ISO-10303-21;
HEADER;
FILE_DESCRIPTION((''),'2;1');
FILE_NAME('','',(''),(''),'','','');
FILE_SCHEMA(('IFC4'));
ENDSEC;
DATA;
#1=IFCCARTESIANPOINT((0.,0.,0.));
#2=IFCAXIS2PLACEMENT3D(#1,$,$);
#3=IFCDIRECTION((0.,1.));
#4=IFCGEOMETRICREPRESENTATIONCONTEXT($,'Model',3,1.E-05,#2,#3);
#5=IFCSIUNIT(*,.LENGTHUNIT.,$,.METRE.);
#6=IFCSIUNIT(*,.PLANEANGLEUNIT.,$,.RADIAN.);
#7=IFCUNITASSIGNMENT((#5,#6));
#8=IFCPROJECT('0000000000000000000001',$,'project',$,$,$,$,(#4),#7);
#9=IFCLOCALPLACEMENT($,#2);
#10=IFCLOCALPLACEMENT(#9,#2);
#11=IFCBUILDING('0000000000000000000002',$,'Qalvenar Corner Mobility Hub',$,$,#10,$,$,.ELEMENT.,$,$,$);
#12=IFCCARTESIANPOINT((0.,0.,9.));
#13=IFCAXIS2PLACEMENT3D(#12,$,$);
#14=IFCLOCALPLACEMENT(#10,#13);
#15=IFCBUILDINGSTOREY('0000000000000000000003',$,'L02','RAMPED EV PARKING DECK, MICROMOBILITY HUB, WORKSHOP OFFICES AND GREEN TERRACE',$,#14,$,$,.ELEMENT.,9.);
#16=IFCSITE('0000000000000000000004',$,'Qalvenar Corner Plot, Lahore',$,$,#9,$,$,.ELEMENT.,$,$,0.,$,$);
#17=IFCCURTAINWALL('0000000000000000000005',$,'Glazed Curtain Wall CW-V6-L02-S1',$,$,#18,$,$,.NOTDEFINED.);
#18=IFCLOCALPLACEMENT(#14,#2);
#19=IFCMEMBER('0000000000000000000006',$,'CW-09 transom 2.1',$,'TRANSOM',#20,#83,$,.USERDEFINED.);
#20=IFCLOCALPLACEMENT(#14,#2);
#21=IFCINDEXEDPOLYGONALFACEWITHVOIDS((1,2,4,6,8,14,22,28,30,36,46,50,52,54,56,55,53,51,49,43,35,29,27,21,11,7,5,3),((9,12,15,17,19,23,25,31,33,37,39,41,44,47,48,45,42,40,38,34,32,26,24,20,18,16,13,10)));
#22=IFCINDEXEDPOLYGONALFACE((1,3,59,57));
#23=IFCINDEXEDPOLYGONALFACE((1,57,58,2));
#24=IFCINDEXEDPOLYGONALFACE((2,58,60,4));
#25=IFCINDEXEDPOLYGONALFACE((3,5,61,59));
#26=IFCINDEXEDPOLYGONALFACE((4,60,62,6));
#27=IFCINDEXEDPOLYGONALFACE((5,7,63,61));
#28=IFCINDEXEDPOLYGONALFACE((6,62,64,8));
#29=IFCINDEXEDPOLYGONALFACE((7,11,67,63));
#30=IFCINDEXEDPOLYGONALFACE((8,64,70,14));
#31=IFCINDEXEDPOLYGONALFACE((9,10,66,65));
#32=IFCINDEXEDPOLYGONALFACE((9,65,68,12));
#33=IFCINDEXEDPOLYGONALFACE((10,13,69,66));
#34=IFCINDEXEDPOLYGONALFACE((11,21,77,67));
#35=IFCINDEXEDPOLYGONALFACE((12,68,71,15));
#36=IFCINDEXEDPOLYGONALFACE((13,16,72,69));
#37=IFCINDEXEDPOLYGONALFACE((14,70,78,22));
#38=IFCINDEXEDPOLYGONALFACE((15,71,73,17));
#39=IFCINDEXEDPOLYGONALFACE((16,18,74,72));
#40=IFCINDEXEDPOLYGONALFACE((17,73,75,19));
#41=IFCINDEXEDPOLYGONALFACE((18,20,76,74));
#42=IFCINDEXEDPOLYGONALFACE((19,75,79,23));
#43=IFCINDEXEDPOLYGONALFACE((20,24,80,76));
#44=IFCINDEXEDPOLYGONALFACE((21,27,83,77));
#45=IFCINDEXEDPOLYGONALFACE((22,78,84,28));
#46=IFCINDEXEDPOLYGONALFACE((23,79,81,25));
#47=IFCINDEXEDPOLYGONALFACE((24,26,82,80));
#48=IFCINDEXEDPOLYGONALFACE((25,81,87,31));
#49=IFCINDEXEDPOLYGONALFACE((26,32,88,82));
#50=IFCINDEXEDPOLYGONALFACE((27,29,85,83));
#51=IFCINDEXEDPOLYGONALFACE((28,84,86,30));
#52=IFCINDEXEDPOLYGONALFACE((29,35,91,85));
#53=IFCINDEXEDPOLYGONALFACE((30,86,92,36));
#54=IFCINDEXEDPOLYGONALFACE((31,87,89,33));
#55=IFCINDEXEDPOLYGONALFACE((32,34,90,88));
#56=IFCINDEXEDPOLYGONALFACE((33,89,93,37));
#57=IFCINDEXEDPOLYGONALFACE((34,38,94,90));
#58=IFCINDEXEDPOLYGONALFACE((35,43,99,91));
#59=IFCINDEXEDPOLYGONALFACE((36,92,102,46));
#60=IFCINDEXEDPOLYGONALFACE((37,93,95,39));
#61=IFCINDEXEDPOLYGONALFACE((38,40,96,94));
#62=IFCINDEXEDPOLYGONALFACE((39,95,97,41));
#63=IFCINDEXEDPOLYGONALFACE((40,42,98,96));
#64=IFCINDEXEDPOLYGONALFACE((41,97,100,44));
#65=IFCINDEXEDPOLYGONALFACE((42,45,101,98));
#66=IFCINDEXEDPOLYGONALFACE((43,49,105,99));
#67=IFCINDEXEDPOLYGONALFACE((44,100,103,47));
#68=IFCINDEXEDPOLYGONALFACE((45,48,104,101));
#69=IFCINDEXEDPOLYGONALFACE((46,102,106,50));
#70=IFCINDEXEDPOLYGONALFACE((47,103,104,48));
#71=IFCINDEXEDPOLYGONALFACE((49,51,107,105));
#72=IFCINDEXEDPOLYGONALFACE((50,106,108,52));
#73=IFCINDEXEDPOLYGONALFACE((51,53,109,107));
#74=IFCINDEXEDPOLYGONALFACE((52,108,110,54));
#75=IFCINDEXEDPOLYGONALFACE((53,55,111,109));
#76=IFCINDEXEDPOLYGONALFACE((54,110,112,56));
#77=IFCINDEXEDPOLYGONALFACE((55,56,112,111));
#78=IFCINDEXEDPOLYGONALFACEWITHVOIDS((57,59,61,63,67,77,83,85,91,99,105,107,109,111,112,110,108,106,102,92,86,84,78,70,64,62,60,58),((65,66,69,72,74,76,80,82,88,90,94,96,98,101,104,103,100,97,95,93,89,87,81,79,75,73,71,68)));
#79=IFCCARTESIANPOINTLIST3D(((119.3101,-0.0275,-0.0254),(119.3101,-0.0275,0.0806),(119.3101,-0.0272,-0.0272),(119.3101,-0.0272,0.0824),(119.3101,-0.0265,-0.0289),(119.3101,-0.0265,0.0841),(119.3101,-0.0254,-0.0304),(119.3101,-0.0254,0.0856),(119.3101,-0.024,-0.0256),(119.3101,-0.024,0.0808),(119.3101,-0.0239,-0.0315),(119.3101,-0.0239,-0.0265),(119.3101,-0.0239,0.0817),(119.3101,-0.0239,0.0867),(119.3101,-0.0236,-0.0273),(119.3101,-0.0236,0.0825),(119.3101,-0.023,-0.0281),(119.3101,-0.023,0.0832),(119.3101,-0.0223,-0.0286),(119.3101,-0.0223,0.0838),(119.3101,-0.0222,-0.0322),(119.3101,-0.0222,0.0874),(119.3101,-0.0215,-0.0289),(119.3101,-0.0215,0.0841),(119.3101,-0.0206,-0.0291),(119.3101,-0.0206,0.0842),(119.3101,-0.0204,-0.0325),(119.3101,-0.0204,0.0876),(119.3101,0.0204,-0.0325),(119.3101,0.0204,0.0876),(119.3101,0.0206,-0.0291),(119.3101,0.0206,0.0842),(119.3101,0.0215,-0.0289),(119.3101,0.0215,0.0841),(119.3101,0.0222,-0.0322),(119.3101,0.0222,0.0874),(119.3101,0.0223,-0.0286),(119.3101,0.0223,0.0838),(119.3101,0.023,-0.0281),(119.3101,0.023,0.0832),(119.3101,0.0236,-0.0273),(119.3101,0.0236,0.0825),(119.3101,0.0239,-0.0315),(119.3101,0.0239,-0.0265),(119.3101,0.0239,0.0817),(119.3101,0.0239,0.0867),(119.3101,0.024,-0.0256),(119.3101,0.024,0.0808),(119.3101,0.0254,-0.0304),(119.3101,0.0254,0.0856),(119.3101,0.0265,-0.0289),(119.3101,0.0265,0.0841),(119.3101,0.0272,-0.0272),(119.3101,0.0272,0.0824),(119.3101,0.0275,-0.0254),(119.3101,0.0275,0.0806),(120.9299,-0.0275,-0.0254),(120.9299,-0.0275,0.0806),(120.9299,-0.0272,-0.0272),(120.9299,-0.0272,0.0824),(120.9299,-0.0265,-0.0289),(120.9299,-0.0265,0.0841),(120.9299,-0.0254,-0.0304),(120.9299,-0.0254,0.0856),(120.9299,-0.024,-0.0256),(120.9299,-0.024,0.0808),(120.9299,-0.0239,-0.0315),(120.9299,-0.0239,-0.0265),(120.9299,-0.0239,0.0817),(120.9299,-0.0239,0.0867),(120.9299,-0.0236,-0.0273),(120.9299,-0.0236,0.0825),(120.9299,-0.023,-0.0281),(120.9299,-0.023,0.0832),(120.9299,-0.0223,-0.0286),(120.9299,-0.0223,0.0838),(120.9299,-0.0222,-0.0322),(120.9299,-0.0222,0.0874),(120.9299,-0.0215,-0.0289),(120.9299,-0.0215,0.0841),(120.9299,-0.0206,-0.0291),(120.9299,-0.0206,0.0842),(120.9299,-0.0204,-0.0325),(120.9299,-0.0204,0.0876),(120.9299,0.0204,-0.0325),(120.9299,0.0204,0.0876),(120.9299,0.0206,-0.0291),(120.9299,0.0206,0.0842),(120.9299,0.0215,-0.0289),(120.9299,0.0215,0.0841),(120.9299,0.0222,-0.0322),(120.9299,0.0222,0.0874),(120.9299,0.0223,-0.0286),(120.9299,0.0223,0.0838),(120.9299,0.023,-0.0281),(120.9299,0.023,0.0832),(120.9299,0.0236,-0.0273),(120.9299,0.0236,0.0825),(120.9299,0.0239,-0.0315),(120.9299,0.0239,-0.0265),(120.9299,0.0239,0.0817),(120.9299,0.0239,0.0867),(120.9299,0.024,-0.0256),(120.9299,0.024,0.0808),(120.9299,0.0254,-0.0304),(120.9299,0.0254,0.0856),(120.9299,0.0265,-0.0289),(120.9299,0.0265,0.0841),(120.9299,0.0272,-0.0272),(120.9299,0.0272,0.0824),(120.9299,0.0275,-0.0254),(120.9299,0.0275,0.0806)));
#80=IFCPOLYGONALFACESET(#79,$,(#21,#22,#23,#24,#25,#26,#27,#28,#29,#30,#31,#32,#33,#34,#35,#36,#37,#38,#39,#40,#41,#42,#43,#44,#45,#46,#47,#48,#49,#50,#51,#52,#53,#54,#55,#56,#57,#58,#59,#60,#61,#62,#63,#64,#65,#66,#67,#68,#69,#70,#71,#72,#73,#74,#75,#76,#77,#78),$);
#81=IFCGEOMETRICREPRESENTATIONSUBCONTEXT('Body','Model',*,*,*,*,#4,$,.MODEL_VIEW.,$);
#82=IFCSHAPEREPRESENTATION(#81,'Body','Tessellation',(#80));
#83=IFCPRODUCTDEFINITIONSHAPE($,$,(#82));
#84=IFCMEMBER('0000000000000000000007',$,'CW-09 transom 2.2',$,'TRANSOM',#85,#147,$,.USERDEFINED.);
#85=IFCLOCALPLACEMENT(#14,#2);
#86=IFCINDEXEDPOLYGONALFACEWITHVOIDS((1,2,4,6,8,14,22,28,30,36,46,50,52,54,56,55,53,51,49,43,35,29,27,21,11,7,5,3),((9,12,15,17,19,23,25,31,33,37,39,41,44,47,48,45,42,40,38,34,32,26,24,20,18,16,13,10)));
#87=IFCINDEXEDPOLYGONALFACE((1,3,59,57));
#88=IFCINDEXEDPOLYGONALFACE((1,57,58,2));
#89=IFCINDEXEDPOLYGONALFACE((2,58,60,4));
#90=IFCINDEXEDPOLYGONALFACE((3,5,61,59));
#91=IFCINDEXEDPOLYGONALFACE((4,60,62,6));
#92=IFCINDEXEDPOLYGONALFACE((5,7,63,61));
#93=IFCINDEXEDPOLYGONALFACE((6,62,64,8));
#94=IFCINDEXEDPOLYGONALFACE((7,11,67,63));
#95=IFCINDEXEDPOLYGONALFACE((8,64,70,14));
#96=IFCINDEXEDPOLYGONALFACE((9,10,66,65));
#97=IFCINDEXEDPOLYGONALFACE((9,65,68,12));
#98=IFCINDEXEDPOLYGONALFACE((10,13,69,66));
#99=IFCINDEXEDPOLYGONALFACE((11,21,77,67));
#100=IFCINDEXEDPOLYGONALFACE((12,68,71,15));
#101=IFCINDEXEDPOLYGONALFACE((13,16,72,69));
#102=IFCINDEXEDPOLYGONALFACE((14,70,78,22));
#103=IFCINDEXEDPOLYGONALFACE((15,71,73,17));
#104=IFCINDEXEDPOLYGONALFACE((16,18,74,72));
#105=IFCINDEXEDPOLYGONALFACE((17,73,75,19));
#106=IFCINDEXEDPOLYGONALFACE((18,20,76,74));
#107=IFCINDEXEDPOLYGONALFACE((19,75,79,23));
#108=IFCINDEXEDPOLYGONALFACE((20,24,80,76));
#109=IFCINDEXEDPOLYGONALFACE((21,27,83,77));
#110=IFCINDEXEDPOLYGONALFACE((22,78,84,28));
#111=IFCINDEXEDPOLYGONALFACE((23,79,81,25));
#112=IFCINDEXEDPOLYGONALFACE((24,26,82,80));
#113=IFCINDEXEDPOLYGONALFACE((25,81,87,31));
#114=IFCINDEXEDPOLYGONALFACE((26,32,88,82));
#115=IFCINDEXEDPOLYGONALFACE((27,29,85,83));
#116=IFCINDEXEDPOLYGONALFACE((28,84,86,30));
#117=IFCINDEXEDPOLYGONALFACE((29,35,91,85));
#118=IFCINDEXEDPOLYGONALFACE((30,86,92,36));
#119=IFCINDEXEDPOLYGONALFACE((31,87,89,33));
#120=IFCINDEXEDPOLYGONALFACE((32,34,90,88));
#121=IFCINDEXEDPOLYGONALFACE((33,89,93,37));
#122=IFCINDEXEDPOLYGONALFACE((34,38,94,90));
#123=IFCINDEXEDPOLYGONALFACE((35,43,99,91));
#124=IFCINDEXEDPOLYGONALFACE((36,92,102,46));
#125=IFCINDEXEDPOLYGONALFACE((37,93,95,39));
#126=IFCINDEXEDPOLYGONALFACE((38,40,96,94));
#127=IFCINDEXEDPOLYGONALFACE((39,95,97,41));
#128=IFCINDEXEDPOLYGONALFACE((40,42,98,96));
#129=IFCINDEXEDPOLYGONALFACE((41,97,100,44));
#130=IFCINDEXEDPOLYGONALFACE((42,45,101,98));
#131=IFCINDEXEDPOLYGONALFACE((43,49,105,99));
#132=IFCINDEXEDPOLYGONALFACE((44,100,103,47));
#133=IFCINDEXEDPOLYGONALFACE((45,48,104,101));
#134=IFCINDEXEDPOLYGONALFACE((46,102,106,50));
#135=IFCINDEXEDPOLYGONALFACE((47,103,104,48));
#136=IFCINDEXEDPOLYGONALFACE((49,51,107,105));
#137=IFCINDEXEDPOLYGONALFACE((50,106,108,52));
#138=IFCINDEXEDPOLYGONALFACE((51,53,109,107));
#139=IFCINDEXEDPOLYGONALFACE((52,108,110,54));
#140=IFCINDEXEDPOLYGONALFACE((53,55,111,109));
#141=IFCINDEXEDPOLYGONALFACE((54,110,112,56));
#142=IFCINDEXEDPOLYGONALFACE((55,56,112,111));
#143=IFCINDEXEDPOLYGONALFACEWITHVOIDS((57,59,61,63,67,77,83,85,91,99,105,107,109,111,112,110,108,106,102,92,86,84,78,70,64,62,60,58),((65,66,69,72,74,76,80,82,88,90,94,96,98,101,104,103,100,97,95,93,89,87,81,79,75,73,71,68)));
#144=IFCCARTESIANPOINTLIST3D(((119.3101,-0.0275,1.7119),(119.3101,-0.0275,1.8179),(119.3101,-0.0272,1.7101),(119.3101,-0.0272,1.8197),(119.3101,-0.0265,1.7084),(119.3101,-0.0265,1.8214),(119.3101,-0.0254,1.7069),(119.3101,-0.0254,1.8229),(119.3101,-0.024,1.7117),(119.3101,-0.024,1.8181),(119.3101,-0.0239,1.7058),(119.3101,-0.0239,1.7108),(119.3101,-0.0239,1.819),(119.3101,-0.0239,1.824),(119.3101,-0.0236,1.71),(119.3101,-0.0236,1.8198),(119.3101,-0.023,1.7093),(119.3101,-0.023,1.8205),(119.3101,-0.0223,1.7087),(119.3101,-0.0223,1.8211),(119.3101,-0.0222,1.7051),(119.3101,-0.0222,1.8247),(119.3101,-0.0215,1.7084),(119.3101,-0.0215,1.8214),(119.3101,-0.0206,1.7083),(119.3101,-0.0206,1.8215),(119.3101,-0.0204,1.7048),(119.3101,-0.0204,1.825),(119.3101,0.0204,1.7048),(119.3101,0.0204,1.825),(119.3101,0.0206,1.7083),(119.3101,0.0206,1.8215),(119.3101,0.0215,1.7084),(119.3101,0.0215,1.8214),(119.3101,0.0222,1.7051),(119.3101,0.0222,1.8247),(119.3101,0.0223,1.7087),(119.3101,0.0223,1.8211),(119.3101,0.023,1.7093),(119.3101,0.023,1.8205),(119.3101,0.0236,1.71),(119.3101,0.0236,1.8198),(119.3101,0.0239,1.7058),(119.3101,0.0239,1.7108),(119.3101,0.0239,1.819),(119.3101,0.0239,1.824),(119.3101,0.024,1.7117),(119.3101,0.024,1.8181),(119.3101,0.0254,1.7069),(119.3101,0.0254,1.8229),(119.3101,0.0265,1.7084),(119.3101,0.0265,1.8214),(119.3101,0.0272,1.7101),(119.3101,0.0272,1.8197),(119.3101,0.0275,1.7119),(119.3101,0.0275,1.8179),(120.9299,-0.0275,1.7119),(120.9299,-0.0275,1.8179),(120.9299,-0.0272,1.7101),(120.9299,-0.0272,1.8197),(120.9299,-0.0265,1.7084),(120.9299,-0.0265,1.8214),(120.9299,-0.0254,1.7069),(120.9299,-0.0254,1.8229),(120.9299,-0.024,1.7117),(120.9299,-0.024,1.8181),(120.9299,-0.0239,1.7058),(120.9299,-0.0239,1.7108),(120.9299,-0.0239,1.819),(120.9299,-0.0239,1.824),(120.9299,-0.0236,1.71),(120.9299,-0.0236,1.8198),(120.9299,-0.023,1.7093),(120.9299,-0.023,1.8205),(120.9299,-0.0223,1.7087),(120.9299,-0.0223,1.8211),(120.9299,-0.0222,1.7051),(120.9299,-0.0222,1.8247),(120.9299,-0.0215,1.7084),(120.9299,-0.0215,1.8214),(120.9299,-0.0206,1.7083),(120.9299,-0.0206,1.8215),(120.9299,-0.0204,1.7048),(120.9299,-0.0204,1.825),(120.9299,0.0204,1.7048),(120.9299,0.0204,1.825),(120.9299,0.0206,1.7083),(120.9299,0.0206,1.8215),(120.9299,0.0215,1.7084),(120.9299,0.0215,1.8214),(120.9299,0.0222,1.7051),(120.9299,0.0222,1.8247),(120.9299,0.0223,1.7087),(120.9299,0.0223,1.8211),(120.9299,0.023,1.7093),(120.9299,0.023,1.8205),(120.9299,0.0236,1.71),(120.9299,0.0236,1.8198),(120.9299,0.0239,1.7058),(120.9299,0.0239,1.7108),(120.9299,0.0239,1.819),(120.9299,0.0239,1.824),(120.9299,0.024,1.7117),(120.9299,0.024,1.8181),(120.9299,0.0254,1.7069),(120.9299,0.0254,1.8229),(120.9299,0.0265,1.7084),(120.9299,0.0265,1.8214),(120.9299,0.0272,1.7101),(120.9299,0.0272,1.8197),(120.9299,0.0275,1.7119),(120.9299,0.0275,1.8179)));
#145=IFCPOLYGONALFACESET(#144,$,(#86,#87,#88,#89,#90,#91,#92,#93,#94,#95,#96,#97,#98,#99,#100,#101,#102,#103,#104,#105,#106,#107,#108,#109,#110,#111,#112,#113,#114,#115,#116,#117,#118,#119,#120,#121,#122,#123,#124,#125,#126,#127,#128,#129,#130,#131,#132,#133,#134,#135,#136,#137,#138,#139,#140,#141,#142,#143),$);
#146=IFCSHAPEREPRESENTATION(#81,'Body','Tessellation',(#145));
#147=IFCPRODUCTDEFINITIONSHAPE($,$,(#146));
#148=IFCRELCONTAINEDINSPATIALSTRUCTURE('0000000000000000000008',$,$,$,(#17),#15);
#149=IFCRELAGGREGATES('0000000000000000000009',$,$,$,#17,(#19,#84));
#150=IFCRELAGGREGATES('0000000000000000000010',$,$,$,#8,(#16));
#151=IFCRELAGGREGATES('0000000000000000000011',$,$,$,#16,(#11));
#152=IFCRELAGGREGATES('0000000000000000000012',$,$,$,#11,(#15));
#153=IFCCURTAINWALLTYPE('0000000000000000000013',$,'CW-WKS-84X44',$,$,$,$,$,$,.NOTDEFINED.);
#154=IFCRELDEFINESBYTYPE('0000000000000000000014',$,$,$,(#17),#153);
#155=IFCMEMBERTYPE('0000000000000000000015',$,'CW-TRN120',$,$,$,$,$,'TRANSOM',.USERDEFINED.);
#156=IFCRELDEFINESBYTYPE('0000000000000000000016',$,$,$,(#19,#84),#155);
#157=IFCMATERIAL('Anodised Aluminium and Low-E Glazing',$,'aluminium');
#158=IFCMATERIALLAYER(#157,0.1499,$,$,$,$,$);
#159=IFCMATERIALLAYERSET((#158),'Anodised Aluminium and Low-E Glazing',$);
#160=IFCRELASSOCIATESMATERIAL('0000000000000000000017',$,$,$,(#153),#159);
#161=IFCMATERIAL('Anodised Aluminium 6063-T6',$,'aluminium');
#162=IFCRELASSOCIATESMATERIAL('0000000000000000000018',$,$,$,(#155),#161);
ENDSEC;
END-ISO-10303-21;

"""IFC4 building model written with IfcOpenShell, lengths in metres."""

from ifc_helpers import new_model, si_unit, direction, frame, origin, origin_2d, place, context, subcontext, project, spatial, hollow_rectangle, extrude, material, layer, layer_set, material_profile, profile_set, type_object, element, aggregate, save


model = new_model("IFC4")

# Units and contexts
model_context = context("Model", 3, precision=1e-05, world=origin(), true_north=direction((0.0, 1.0)))
body_context = subcontext(model_context, "Body", "Model", "MODEL_VIEW")
ifc_project = project(units=[si_unit("LENGTHUNIT", "METRE"), si_unit("PLANEANGLEUNIT", "RADIAN")], contexts=[model_context])

# Site, building, storey
site_placement = place(None, origin())
site = spatial("IfcSite", under=ifc_project, at=site_placement, Name="Qalvenar Corner Plot, Lahore", CompositionType="ELEMENT", RefElevation=0.0)
building_placement = place(site_placement, origin())
building = spatial("IfcBuilding", under=site, at=building_placement, Name="Qalvenar Corner Mobility Hub", CompositionType="ELEMENT")
storey_placement = place(building_placement, frame((0.0, 0.0, 9.0)))
storey = spatial("IfcBuildingStorey", under=building, at=storey_placement, Name="L02", Description="RAMPED EV PARKING DECK, MICROMOBILITY HUB, WORKSHOP OFFICES AND GREEN TERRACE", CompositionType="ELEMENT", Elevation=9.0)

# Curtain wall, members
ifc_material_1 = material(Name="Anodised Aluminium and Low-E Glazing", Category="aluminium")
ifc_layer_1 = layer(ifc_material_1, 0.1499)
ifc_layer_set_1 = layer_set([ifc_layer_1], Name="Anodised Aluminium and Low-E Glazing")
curtain_wall_type = type_object("IfcCurtainWallType", Name="CW-WKS-84X44", PredefinedType="NOTDEFINED", material=ifc_layer_set_1)
curtain_wall_placement = place(storey_placement, origin())
curtain_wall = element("IfcCurtainWall", 1, at=curtain_wall_placement, inside=storey, type_object=curtain_wall_type, Name="Glazed Curtain Wall CW-V6-L02-S1", PredefinedType="NOTDEFINED")
ifc_material_2 = material(Name="Anodised Aluminium 6063-T6", Category="aluminium")
ifc_material_profile_1 = material_profile(ifc_material_2, hollow_rectangle(XDim=0.0549, YDim=0.1201, WallThickness=0.0034, InnerFilletRadius=0.0034, OuterFilletRadius=0.0071, at=origin_2d()), Name="RHS120x55x3.5")
ifc_profile_set_1 = profile_set([ifc_material_profile_1], Name="Anodised Aluminium 6063-T6")
member_type_1 = type_object("IfcMemberType", Name="CW-TRN120", ElementType="TRANSOM", PredefinedType="USERDEFINED", material=ifc_profile_set_1)
member_1_placement = place(storey_placement, frame((119.3101, 0.0, 0.0276), z_axis=(1.0, 0.0, 0.0), x_axis=(0.0, 1.0, 0.0)))
member_1 = element("IfcMember", 2, at=member_1_placement, type_object=member_type_1, Name="CW-09 transom 2.1", ObjectType="TRANSOM", PredefinedType="USERDEFINED", context=body_context, shape_type="SweptSolid", body=[
    extrude(hollow_rectangle(XDim=0.0549, YDim=0.1201, WallThickness=0.0034, InnerFilletRadius=0.0034, OuterFilletRadius=0.0071, at=origin_2d()), origin(), (0.0, 0.0, 1.0), 1.6199),
])
member_2_placement = place(storey_placement, frame((119.3101, 0.0, 1.7649), z_axis=(1.0, 0.0, 0.0), x_axis=(0.0, 1.0, 0.0)))
member_2 = element("IfcMember", 3, at=member_2_placement, type_object=member_type_1, Name="CW-09 transom 2.2", ObjectType="TRANSOM", PredefinedType="USERDEFINED", context=body_context, shape_type="SweptSolid", body=[
    extrude(hollow_rectangle(XDim=0.0549, YDim=0.1201, WallThickness=0.0034, InnerFilletRadius=0.0034, OuterFilletRadius=0.0071, at=origin_2d()), origin(), (0.0, 0.0, 1.0), 1.6199),
])
aggregate(curtain_wall, [member_1, member_2])

save(model, "model.ifc")
